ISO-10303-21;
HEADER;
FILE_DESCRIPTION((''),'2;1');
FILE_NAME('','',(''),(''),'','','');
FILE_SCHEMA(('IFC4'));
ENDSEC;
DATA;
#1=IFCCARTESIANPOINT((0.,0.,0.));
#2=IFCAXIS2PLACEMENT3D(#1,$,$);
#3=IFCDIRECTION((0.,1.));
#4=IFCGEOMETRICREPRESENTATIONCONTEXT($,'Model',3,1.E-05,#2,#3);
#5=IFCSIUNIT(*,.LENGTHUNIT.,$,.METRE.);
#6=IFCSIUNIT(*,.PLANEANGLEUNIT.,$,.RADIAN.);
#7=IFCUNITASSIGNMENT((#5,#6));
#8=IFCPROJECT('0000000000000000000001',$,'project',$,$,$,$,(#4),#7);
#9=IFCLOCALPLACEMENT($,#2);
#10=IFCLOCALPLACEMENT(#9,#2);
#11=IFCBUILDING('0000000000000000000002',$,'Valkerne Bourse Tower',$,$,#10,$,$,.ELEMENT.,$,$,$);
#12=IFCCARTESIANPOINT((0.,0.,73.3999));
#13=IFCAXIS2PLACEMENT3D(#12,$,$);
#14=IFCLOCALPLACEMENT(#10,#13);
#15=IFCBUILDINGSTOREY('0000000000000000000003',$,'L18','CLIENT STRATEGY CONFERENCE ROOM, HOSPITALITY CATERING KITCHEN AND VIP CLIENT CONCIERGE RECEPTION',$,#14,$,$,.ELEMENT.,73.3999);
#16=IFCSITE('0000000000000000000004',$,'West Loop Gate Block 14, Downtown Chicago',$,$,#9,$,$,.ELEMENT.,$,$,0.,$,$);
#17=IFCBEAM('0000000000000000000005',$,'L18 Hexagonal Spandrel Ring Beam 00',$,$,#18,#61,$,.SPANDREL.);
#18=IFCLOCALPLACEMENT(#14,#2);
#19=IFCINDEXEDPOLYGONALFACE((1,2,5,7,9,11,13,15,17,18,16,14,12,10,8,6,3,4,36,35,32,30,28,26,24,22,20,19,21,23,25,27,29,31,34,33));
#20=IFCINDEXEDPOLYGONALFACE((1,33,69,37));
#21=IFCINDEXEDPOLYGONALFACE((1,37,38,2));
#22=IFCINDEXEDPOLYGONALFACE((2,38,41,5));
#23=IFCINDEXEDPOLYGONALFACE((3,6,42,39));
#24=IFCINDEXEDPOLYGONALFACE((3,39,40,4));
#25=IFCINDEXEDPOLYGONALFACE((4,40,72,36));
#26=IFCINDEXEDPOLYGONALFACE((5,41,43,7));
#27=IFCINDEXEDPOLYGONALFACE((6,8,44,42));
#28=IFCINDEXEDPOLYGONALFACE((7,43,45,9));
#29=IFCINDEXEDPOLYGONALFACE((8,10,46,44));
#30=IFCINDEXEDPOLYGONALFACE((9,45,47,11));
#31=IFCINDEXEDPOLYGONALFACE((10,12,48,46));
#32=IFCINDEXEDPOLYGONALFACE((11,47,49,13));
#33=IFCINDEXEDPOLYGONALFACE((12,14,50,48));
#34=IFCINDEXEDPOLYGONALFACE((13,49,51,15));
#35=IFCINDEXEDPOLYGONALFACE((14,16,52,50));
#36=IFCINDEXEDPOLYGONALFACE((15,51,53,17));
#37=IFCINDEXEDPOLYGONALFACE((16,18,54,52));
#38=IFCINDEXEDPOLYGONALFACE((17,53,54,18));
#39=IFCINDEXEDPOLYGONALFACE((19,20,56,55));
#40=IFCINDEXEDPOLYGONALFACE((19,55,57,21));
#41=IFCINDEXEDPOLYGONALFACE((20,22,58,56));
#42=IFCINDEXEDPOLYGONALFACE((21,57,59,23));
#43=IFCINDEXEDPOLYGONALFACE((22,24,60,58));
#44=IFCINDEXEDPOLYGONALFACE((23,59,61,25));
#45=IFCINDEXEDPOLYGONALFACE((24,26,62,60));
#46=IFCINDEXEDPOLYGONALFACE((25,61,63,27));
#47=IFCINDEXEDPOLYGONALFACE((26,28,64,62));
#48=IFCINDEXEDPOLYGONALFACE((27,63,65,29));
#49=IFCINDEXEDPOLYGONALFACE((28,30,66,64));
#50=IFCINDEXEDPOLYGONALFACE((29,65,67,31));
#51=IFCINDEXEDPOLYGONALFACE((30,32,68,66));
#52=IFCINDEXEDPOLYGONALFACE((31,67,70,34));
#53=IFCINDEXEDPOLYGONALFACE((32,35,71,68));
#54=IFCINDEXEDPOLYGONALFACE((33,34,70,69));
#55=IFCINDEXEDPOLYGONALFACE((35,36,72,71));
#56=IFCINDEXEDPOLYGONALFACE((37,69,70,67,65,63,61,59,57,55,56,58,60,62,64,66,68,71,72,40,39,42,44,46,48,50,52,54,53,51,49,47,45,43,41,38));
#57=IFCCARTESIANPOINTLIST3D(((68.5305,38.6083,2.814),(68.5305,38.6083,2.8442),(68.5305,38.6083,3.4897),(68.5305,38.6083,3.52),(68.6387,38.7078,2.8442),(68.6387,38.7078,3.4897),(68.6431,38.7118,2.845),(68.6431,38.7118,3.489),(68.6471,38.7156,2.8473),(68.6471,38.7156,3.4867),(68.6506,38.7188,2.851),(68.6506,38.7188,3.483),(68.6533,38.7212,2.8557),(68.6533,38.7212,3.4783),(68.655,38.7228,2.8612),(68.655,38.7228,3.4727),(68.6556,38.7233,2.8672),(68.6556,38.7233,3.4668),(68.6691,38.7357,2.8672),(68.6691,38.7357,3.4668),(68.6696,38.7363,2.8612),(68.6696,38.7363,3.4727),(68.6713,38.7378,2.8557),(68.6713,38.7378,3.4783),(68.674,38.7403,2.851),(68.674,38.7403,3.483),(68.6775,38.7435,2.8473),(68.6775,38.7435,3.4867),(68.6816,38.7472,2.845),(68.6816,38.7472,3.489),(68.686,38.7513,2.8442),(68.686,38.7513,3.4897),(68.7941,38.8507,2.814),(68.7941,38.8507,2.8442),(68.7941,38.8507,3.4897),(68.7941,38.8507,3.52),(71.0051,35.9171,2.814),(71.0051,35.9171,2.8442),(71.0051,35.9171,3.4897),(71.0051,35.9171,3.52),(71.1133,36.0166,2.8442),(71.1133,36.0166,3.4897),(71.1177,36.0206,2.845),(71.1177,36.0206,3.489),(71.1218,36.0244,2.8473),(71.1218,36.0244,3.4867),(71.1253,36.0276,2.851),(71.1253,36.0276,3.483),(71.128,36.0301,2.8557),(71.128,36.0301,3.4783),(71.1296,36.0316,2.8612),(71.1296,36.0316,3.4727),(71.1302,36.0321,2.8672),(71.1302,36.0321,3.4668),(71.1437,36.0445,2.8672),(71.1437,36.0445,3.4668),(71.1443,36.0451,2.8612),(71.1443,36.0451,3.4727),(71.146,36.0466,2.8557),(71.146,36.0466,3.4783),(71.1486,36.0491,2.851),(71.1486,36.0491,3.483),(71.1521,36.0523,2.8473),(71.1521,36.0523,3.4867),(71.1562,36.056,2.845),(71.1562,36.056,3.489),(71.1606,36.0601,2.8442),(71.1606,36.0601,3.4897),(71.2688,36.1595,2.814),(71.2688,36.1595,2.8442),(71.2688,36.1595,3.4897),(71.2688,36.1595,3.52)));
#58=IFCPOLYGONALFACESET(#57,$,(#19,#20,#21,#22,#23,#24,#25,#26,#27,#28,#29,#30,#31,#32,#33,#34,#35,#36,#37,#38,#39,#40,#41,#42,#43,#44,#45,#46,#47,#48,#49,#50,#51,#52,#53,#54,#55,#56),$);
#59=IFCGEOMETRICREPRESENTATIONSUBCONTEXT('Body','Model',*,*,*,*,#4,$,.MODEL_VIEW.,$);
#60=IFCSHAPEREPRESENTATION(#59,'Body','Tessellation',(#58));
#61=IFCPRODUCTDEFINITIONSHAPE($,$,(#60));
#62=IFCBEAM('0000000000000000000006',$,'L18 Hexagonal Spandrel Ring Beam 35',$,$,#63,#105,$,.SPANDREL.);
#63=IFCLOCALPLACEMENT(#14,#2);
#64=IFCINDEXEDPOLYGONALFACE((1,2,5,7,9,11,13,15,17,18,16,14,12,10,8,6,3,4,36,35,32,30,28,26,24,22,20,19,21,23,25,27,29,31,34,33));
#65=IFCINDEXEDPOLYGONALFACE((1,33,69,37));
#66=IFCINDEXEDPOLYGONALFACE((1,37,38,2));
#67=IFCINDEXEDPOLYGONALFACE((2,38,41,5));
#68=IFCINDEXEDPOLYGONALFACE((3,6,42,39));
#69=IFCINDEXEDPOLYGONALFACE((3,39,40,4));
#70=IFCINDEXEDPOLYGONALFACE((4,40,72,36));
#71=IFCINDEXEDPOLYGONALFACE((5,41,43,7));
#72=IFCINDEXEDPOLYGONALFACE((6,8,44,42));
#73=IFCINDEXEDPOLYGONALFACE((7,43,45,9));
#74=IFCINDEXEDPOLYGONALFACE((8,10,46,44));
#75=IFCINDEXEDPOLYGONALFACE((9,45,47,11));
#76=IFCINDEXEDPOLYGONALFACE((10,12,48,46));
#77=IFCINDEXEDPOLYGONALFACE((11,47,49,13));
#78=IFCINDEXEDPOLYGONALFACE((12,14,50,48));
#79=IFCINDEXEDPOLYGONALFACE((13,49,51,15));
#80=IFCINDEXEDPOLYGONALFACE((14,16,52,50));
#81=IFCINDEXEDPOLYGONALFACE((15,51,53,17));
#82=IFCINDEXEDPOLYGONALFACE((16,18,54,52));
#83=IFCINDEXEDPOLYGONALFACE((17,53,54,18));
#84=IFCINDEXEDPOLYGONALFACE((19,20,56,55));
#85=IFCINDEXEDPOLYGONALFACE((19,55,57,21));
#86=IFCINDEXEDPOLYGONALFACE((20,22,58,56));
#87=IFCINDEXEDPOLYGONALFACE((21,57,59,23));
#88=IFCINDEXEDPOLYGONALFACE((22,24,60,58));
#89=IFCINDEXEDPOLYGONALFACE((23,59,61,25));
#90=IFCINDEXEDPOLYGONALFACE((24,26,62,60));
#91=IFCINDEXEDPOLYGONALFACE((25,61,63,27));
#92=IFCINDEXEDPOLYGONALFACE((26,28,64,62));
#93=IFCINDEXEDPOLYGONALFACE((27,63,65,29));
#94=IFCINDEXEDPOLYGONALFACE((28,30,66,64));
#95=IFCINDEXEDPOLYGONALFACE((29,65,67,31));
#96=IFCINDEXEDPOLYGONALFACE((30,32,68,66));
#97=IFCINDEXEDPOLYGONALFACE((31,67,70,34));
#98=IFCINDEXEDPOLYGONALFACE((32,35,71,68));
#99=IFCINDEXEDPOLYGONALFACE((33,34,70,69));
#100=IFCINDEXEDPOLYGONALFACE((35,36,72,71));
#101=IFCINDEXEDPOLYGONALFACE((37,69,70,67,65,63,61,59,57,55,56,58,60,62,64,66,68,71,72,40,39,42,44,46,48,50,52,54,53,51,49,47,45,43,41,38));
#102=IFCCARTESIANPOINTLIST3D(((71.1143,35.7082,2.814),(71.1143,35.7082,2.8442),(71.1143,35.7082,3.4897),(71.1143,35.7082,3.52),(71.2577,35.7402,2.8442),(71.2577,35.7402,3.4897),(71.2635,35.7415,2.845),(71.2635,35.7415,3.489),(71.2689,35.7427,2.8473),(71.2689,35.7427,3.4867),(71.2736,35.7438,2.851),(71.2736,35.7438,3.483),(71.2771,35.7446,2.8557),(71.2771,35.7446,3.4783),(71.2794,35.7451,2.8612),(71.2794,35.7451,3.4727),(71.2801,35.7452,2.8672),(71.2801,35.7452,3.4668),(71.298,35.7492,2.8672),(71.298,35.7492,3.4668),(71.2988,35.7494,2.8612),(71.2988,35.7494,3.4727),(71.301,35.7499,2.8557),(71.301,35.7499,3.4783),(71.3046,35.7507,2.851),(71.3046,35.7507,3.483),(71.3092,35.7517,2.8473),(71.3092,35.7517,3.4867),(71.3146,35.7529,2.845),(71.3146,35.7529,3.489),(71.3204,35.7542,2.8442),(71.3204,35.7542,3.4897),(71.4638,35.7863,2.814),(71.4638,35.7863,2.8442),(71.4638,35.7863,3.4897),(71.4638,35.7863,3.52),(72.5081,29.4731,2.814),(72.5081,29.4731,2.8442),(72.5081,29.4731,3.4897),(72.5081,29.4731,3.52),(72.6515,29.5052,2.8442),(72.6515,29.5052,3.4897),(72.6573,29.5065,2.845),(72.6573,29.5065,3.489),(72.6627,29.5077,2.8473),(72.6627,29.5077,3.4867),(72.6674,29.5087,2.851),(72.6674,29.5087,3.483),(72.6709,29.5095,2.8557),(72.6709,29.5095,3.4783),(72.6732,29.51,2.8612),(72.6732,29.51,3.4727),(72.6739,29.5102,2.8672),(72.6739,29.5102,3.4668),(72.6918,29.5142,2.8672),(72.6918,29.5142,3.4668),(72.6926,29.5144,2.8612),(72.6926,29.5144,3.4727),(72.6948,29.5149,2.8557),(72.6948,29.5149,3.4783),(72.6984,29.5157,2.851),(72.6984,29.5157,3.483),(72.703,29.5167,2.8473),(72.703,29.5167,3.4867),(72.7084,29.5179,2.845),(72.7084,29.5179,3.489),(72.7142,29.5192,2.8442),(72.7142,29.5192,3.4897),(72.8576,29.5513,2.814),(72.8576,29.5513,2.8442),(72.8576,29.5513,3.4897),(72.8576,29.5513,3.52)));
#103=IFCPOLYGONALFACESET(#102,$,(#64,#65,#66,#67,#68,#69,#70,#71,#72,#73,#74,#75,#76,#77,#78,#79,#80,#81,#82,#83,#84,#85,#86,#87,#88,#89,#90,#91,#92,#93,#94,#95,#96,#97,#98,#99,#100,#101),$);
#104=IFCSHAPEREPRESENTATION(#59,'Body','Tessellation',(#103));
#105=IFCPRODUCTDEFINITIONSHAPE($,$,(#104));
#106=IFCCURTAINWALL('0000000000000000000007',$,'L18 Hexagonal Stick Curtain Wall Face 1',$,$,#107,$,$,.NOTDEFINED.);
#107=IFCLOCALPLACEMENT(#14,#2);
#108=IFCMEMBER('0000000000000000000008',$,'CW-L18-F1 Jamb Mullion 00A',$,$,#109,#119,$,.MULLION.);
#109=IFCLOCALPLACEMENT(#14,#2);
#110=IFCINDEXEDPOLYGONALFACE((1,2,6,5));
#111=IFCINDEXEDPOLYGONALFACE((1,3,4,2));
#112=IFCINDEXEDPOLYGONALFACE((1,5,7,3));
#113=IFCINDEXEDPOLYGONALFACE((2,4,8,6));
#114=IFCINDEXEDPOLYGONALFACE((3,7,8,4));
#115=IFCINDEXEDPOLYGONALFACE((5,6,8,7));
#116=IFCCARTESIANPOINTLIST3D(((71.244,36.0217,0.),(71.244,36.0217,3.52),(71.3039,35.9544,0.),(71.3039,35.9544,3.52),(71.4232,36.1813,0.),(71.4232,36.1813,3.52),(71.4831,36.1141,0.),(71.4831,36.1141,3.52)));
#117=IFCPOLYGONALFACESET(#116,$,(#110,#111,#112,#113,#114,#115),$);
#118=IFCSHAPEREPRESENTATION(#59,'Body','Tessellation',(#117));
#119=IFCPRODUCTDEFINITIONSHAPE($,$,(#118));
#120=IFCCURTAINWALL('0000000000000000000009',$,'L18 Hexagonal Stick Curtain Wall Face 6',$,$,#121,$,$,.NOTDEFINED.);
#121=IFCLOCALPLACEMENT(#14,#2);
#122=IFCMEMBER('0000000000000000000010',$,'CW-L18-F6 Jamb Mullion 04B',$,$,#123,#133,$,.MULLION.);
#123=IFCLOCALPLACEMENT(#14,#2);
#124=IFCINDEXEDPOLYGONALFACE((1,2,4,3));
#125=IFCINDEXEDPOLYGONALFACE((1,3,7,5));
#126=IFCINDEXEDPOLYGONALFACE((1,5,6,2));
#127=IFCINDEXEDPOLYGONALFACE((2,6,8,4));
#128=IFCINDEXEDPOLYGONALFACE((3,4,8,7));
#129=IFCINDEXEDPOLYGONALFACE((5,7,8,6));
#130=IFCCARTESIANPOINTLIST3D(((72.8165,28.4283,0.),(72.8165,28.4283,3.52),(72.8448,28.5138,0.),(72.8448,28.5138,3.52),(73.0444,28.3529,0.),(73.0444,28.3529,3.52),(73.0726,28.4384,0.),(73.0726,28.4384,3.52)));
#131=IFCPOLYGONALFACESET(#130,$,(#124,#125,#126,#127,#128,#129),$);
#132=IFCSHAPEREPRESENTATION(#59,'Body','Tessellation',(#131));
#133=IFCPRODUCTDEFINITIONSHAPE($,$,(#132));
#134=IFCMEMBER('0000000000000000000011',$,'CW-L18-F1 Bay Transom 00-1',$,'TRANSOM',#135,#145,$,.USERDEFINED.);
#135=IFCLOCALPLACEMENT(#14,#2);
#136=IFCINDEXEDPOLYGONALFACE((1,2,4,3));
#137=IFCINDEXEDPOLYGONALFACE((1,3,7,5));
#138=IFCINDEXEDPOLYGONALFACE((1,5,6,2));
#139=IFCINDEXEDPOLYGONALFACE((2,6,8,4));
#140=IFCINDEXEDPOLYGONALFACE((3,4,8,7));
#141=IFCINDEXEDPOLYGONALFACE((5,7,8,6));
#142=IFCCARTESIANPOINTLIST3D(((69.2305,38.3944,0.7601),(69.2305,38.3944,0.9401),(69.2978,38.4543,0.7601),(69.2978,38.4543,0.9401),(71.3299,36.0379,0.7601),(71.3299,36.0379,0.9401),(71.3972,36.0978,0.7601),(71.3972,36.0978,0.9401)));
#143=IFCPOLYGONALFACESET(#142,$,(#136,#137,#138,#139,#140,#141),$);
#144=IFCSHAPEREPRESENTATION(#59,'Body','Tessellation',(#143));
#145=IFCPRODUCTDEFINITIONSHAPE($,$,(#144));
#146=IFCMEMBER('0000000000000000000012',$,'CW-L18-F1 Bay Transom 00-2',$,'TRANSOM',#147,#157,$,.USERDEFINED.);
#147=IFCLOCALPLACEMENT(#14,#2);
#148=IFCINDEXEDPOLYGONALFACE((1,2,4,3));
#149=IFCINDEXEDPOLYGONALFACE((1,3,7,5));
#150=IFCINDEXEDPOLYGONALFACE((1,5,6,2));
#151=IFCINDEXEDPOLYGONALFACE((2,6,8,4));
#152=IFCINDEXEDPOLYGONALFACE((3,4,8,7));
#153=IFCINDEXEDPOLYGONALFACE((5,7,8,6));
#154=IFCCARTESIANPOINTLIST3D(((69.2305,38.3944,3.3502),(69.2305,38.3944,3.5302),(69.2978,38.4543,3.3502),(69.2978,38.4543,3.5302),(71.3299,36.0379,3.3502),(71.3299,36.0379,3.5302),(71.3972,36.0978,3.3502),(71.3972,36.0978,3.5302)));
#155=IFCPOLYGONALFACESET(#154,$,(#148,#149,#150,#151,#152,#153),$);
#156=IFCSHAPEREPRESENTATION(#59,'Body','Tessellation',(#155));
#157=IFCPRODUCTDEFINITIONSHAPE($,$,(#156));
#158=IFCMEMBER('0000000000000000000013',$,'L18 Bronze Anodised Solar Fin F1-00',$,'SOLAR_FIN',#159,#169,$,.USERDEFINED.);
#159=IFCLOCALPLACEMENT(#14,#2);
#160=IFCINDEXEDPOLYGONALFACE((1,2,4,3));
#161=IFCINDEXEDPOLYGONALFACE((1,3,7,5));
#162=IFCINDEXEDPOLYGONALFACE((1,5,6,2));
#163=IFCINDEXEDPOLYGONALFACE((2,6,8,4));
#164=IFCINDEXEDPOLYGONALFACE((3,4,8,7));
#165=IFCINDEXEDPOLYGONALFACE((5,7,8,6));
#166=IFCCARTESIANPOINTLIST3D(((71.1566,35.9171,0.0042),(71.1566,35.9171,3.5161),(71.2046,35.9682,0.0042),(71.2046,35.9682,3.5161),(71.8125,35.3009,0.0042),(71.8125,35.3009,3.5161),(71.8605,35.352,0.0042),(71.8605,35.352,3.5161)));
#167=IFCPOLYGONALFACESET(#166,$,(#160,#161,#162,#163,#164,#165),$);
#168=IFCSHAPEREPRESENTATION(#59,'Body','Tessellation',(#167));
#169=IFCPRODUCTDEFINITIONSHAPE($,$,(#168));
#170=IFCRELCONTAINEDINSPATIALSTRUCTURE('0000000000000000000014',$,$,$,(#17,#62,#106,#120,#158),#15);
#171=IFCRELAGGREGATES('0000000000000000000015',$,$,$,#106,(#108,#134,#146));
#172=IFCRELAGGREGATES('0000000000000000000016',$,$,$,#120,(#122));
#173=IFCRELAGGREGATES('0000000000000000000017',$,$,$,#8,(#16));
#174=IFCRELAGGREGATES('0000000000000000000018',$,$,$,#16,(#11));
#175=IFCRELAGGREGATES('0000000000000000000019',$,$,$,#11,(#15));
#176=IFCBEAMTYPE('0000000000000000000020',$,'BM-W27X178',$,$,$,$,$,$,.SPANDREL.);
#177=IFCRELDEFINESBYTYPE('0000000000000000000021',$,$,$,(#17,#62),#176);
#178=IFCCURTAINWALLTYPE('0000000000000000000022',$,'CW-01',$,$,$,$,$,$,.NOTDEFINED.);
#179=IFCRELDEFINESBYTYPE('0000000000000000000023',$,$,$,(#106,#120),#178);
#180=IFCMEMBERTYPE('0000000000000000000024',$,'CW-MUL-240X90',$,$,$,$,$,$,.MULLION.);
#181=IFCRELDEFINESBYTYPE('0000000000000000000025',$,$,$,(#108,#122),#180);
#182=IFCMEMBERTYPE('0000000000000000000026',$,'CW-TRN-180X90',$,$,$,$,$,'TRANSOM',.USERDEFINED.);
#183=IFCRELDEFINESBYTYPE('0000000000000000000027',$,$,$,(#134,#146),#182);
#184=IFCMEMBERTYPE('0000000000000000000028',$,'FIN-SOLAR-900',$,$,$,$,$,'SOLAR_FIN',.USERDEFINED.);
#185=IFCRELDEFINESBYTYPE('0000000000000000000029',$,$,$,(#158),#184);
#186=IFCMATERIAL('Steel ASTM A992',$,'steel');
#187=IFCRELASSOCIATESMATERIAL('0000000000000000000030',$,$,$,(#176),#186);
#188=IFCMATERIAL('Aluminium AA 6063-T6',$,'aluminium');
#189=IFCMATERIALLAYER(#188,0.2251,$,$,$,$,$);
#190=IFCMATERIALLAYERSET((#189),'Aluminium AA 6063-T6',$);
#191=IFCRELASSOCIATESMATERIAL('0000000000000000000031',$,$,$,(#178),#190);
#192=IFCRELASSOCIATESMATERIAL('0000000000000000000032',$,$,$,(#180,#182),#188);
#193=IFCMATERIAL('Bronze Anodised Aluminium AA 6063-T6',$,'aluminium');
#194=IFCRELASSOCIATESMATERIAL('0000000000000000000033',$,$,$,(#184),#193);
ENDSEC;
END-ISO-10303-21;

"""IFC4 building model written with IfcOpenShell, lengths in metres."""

from ifc_helpers import new_model, si_unit, direction, frame, origin, origin_2d, place, context, subcontext, project, spatial, rectangle, i_section, extrude, material, layer, layer_set, material_profile, profile_set, type_object, element, aggregate, save


model = new_model("IFC4")

# Units and contexts
model_context = context("Model", 3, precision=1e-05, world=origin(), true_north=direction((0.0, 1.0)))
body_context = subcontext(model_context, "Body", "Model", "MODEL_VIEW")
ifc_project = project(units=[si_unit("LENGTHUNIT", "METRE"), si_unit("PLANEANGLEUNIT", "RADIAN")], contexts=[model_context])

# Site, building, storey
site_placement = place(None, origin())
site = spatial("IfcSite", under=ifc_project, at=site_placement, Name="West Loop Gate Block 14, Downtown Chicago", CompositionType="ELEMENT", RefElevation=0.0)
building_placement = place(site_placement, origin())
building = spatial("IfcBuilding", under=site, at=building_placement, Name="Valkerne Bourse Tower", CompositionType="ELEMENT")
storey_placement = place(building_placement, frame((0.0, 0.0, 73.3999)))
storey = spatial("IfcBuildingStorey", under=building, at=storey_placement, Name="L18", Description="CLIENT STRATEGY CONFERENCE ROOM, HOSPITALITY CATERING KITCHEN AND VIP CLIENT CONCIERGE RECEPTION", CompositionType="ELEMENT", Elevation=73.3999)

# Beams
ifc_material_1 = material(Name="Steel ASTM A992", Category="steel")
ifc_material_profile_1 = material_profile(ifc_material_1, i_section(OverallWidth=0.3582, OverallDepth=0.7061, WebThickness=0.0183, FlangeThickness=0.0303, FilletRadius=0.0229, at=origin_2d()), Name="W27X178")
ifc_profile_set_1 = profile_set([ifc_material_profile_1], Name="Steel ASTM A992")
beam_type_1 = type_object("IfcBeamType", Name="BM-W27X178", PredefinedType="SPANDREL", material=ifc_profile_set_1)
beam_1_placement = place(storey_placement, frame((71.137, 36.0383, 3.167), z_axis=(-0.67687, 0.736103, 0.0), x_axis=(-0.736103, -0.67687, 0.0)))
element("IfcBeam", 1, at=beam_1_placement, inside=storey, type_object=beam_type_1, Name="L18 Hexagonal Spandrel Ring Beam 00", PredefinedType="SPANDREL", context=body_context, shape_type="SweptSolid", body=[
    extrude(i_section(OverallWidth=0.3582, OverallDepth=0.7061, WebThickness=0.0183, FlangeThickness=0.0303, FilletRadius=0.0229, at=origin_2d()), origin(), (0.0, 0.0, 1.0), 3.656),
])
beam_2_placement = place(storey_placement, frame((72.6829, 29.5122, 3.167), z_axis=(-0.218156, 0.975914, 0.0), x_axis=(-0.975914, -0.218156, 0.0)))
element("IfcBeam", 2, at=beam_2_placement, inside=storey, type_object=beam_type_1, Name="L18 Hexagonal Spandrel Ring Beam 35", PredefinedType="SPANDREL", context=body_context, shape_type="SweptSolid", body=[
    extrude(i_section(OverallWidth=0.3582, OverallDepth=0.7061, WebThickness=0.0183, FlangeThickness=0.0303, FilletRadius=0.0229, at=origin_2d()), origin(), (0.0, 0.0, 1.0), 6.3889),
])

# Curtain walls, members
ifc_material_2 = material(Name="Aluminium AA 6063-T6", Category="aluminium")
ifc_layer_1 = layer(ifc_material_2, 0.2251)
ifc_layer_set_1 = layer_set([ifc_layer_1], Name="Aluminium AA 6063-T6")
curtain_wall_type = type_object("IfcCurtainWallType", Name="CW-01", PredefinedType="NOTDEFINED", material=ifc_layer_set_1)
curtain_wall_1_placement = place(storey_placement, origin())
curtain_wall_1 = element("IfcCurtainWall", 3, at=curtain_wall_1_placement, inside=storey, type_object=curtain_wall_type, Name="L18 Hexagonal Stick Curtain Wall Face 1", PredefinedType="NOTDEFINED")
ifc_material_profile_2 = material_profile(ifc_material_2, rectangle(XDim=0.0901, YDim=0.24, at=origin_2d()), Name="CWM-90X240")
ifc_profile_set_2 = profile_set([ifc_material_profile_2], Name="Aluminium AA 6063-T6")
member_type_1 = type_object("IfcMemberType", Name="CW-MUL-240X90", PredefinedType="MULLION", material=ifc_profile_set_2)
member_1_placement = place(storey_placement, frame((71.3635, 36.0679, 0.0), z_axis=(0.0, 0.0, 1.0), x_axis=(-0.665218, 0.746649, 0.0)))
member_1 = element("IfcMember", 4, at=member_1_placement, type_object=member_type_1, Name="CW-L18-F1 Jamb Mullion 00A", PredefinedType="MULLION", context=body_context, shape_type="SweptSolid", body=[
    extrude(rectangle(XDim=0.0901, YDim=0.24, at=origin_2d()), origin(), (0.0, 0.0, 1.0), 3.52),
])
curtain_wall_2_placement = place(storey_placement, origin())
curtain_wall_2 = element("IfcCurtainWall", 5, at=curtain_wall_2_placement, inside=storey, type_object=curtain_wall_type, Name="L18 Hexagonal Stick Curtain Wall Face 6", PredefinedType="NOTDEFINED")
member_2_placement = place(storey_placement, frame((72.9446, 28.4333, 0.0), z_axis=(0.0, 0.0, 1.0), x_axis=(0.31399, 0.949426, 0.0)))
member_2 = element("IfcMember", 6, at=member_2_placement, type_object=member_type_1, Name="CW-L18-F6 Jamb Mullion 04B", PredefinedType="MULLION", context=body_context, shape_type="SweptSolid", body=[
    extrude(rectangle(XDim=0.0901, YDim=0.24, at=origin_2d()), origin(), (0.0, 0.0, 1.0), 3.52),
])

# Members
ifc_material_profile_3 = material_profile(ifc_material_2, rectangle(XDim=0.0901, YDim=0.1799, at=origin_2d()), Name="CWT-90X180")
ifc_profile_set_3 = profile_set([ifc_material_profile_3], Name="Aluminium AA 6063-T6")
member_type_2 = type_object("IfcMemberType", Name="CW-TRN-180X90", ElementType="TRANSOM", PredefinedType="USERDEFINED", material=ifc_profile_set_3)
member_3_placement = place(storey_placement, frame((71.3635, 36.0679, 0.8501), z_axis=(-0.665204, 0.746662, 0.0), x_axis=(-0.746662, -0.665204, 0.0)))
member_3 = element("IfcMember", 7, at=member_3_placement, type_object=member_type_2, Name="CW-L18-F1 Bay Transom 00-1", ObjectType="TRANSOM", PredefinedType="USERDEFINED", context=body_context, shape_type="SweptSolid", body=[
    extrude(rectangle(XDim=0.0901, YDim=0.1799, at=origin_2d()), origin(), (0.0, 0.0, 1.0), 3.156),
])
member_4_placement = place(storey_placement, frame((71.3635, 36.0679, 3.4402), z_axis=(-0.665204, 0.746662, 0.0), x_axis=(-0.746662, -0.665204, 0.0)))
member_4 = element("IfcMember", 8, at=member_4_placement, type_object=member_type_2, Name="CW-L18-F1 Bay Transom 00-2", ObjectType="TRANSOM", PredefinedType="USERDEFINED", context=body_context, shape_type="SweptSolid", body=[
    extrude(rectangle(XDim=0.0901, YDim=0.1799, at=origin_2d()), origin(), (0.0, 0.0, 1.0), 3.156),
])
aggregate(curtain_wall_1, [member_1, member_3, member_4])

# Member
ifc_material_3 = material(Name="Bronze Anodised Aluminium AA 6063-T6", Category="aluminium")
ifc_material_profile_4 = material_profile(ifc_material_3, rectangle(XDim=0.0701, YDim=0.8999, at=origin_2d()), Name="FIN-70X900")
ifc_profile_set_4 = profile_set([ifc_material_profile_4], Name="Bronze Anodised Aluminium AA 6063-T6")
member_type_3 = type_object("IfcMemberType", Name="FIN-SOLAR-900", ElementType="SOLAR_FIN", PredefinedType="USERDEFINED", material=ifc_profile_set_4)
member_5_placement = place(storey_placement, frame((71.5085, 35.6345, 0.0042), z_axis=(0.0, 0.0, 1.0), x_axis=(0.684741, 0.728787, 0.0)))
element("IfcMember", 9, at=member_5_placement, inside=storey, type_object=member_type_3, Name="L18 Bronze Anodised Solar Fin F1-00", ObjectType="SOLAR_FIN", PredefinedType="USERDEFINED", context=body_context, shape_type="SweptSolid", body=[
    extrude(rectangle(XDim=0.0701, YDim=0.8999, at=origin_2d()), origin(), (0.0, 0.0, 1.0), 3.512),
])

aggregate(curtain_wall_2, [member_2])

save(model, "model.ifc")
